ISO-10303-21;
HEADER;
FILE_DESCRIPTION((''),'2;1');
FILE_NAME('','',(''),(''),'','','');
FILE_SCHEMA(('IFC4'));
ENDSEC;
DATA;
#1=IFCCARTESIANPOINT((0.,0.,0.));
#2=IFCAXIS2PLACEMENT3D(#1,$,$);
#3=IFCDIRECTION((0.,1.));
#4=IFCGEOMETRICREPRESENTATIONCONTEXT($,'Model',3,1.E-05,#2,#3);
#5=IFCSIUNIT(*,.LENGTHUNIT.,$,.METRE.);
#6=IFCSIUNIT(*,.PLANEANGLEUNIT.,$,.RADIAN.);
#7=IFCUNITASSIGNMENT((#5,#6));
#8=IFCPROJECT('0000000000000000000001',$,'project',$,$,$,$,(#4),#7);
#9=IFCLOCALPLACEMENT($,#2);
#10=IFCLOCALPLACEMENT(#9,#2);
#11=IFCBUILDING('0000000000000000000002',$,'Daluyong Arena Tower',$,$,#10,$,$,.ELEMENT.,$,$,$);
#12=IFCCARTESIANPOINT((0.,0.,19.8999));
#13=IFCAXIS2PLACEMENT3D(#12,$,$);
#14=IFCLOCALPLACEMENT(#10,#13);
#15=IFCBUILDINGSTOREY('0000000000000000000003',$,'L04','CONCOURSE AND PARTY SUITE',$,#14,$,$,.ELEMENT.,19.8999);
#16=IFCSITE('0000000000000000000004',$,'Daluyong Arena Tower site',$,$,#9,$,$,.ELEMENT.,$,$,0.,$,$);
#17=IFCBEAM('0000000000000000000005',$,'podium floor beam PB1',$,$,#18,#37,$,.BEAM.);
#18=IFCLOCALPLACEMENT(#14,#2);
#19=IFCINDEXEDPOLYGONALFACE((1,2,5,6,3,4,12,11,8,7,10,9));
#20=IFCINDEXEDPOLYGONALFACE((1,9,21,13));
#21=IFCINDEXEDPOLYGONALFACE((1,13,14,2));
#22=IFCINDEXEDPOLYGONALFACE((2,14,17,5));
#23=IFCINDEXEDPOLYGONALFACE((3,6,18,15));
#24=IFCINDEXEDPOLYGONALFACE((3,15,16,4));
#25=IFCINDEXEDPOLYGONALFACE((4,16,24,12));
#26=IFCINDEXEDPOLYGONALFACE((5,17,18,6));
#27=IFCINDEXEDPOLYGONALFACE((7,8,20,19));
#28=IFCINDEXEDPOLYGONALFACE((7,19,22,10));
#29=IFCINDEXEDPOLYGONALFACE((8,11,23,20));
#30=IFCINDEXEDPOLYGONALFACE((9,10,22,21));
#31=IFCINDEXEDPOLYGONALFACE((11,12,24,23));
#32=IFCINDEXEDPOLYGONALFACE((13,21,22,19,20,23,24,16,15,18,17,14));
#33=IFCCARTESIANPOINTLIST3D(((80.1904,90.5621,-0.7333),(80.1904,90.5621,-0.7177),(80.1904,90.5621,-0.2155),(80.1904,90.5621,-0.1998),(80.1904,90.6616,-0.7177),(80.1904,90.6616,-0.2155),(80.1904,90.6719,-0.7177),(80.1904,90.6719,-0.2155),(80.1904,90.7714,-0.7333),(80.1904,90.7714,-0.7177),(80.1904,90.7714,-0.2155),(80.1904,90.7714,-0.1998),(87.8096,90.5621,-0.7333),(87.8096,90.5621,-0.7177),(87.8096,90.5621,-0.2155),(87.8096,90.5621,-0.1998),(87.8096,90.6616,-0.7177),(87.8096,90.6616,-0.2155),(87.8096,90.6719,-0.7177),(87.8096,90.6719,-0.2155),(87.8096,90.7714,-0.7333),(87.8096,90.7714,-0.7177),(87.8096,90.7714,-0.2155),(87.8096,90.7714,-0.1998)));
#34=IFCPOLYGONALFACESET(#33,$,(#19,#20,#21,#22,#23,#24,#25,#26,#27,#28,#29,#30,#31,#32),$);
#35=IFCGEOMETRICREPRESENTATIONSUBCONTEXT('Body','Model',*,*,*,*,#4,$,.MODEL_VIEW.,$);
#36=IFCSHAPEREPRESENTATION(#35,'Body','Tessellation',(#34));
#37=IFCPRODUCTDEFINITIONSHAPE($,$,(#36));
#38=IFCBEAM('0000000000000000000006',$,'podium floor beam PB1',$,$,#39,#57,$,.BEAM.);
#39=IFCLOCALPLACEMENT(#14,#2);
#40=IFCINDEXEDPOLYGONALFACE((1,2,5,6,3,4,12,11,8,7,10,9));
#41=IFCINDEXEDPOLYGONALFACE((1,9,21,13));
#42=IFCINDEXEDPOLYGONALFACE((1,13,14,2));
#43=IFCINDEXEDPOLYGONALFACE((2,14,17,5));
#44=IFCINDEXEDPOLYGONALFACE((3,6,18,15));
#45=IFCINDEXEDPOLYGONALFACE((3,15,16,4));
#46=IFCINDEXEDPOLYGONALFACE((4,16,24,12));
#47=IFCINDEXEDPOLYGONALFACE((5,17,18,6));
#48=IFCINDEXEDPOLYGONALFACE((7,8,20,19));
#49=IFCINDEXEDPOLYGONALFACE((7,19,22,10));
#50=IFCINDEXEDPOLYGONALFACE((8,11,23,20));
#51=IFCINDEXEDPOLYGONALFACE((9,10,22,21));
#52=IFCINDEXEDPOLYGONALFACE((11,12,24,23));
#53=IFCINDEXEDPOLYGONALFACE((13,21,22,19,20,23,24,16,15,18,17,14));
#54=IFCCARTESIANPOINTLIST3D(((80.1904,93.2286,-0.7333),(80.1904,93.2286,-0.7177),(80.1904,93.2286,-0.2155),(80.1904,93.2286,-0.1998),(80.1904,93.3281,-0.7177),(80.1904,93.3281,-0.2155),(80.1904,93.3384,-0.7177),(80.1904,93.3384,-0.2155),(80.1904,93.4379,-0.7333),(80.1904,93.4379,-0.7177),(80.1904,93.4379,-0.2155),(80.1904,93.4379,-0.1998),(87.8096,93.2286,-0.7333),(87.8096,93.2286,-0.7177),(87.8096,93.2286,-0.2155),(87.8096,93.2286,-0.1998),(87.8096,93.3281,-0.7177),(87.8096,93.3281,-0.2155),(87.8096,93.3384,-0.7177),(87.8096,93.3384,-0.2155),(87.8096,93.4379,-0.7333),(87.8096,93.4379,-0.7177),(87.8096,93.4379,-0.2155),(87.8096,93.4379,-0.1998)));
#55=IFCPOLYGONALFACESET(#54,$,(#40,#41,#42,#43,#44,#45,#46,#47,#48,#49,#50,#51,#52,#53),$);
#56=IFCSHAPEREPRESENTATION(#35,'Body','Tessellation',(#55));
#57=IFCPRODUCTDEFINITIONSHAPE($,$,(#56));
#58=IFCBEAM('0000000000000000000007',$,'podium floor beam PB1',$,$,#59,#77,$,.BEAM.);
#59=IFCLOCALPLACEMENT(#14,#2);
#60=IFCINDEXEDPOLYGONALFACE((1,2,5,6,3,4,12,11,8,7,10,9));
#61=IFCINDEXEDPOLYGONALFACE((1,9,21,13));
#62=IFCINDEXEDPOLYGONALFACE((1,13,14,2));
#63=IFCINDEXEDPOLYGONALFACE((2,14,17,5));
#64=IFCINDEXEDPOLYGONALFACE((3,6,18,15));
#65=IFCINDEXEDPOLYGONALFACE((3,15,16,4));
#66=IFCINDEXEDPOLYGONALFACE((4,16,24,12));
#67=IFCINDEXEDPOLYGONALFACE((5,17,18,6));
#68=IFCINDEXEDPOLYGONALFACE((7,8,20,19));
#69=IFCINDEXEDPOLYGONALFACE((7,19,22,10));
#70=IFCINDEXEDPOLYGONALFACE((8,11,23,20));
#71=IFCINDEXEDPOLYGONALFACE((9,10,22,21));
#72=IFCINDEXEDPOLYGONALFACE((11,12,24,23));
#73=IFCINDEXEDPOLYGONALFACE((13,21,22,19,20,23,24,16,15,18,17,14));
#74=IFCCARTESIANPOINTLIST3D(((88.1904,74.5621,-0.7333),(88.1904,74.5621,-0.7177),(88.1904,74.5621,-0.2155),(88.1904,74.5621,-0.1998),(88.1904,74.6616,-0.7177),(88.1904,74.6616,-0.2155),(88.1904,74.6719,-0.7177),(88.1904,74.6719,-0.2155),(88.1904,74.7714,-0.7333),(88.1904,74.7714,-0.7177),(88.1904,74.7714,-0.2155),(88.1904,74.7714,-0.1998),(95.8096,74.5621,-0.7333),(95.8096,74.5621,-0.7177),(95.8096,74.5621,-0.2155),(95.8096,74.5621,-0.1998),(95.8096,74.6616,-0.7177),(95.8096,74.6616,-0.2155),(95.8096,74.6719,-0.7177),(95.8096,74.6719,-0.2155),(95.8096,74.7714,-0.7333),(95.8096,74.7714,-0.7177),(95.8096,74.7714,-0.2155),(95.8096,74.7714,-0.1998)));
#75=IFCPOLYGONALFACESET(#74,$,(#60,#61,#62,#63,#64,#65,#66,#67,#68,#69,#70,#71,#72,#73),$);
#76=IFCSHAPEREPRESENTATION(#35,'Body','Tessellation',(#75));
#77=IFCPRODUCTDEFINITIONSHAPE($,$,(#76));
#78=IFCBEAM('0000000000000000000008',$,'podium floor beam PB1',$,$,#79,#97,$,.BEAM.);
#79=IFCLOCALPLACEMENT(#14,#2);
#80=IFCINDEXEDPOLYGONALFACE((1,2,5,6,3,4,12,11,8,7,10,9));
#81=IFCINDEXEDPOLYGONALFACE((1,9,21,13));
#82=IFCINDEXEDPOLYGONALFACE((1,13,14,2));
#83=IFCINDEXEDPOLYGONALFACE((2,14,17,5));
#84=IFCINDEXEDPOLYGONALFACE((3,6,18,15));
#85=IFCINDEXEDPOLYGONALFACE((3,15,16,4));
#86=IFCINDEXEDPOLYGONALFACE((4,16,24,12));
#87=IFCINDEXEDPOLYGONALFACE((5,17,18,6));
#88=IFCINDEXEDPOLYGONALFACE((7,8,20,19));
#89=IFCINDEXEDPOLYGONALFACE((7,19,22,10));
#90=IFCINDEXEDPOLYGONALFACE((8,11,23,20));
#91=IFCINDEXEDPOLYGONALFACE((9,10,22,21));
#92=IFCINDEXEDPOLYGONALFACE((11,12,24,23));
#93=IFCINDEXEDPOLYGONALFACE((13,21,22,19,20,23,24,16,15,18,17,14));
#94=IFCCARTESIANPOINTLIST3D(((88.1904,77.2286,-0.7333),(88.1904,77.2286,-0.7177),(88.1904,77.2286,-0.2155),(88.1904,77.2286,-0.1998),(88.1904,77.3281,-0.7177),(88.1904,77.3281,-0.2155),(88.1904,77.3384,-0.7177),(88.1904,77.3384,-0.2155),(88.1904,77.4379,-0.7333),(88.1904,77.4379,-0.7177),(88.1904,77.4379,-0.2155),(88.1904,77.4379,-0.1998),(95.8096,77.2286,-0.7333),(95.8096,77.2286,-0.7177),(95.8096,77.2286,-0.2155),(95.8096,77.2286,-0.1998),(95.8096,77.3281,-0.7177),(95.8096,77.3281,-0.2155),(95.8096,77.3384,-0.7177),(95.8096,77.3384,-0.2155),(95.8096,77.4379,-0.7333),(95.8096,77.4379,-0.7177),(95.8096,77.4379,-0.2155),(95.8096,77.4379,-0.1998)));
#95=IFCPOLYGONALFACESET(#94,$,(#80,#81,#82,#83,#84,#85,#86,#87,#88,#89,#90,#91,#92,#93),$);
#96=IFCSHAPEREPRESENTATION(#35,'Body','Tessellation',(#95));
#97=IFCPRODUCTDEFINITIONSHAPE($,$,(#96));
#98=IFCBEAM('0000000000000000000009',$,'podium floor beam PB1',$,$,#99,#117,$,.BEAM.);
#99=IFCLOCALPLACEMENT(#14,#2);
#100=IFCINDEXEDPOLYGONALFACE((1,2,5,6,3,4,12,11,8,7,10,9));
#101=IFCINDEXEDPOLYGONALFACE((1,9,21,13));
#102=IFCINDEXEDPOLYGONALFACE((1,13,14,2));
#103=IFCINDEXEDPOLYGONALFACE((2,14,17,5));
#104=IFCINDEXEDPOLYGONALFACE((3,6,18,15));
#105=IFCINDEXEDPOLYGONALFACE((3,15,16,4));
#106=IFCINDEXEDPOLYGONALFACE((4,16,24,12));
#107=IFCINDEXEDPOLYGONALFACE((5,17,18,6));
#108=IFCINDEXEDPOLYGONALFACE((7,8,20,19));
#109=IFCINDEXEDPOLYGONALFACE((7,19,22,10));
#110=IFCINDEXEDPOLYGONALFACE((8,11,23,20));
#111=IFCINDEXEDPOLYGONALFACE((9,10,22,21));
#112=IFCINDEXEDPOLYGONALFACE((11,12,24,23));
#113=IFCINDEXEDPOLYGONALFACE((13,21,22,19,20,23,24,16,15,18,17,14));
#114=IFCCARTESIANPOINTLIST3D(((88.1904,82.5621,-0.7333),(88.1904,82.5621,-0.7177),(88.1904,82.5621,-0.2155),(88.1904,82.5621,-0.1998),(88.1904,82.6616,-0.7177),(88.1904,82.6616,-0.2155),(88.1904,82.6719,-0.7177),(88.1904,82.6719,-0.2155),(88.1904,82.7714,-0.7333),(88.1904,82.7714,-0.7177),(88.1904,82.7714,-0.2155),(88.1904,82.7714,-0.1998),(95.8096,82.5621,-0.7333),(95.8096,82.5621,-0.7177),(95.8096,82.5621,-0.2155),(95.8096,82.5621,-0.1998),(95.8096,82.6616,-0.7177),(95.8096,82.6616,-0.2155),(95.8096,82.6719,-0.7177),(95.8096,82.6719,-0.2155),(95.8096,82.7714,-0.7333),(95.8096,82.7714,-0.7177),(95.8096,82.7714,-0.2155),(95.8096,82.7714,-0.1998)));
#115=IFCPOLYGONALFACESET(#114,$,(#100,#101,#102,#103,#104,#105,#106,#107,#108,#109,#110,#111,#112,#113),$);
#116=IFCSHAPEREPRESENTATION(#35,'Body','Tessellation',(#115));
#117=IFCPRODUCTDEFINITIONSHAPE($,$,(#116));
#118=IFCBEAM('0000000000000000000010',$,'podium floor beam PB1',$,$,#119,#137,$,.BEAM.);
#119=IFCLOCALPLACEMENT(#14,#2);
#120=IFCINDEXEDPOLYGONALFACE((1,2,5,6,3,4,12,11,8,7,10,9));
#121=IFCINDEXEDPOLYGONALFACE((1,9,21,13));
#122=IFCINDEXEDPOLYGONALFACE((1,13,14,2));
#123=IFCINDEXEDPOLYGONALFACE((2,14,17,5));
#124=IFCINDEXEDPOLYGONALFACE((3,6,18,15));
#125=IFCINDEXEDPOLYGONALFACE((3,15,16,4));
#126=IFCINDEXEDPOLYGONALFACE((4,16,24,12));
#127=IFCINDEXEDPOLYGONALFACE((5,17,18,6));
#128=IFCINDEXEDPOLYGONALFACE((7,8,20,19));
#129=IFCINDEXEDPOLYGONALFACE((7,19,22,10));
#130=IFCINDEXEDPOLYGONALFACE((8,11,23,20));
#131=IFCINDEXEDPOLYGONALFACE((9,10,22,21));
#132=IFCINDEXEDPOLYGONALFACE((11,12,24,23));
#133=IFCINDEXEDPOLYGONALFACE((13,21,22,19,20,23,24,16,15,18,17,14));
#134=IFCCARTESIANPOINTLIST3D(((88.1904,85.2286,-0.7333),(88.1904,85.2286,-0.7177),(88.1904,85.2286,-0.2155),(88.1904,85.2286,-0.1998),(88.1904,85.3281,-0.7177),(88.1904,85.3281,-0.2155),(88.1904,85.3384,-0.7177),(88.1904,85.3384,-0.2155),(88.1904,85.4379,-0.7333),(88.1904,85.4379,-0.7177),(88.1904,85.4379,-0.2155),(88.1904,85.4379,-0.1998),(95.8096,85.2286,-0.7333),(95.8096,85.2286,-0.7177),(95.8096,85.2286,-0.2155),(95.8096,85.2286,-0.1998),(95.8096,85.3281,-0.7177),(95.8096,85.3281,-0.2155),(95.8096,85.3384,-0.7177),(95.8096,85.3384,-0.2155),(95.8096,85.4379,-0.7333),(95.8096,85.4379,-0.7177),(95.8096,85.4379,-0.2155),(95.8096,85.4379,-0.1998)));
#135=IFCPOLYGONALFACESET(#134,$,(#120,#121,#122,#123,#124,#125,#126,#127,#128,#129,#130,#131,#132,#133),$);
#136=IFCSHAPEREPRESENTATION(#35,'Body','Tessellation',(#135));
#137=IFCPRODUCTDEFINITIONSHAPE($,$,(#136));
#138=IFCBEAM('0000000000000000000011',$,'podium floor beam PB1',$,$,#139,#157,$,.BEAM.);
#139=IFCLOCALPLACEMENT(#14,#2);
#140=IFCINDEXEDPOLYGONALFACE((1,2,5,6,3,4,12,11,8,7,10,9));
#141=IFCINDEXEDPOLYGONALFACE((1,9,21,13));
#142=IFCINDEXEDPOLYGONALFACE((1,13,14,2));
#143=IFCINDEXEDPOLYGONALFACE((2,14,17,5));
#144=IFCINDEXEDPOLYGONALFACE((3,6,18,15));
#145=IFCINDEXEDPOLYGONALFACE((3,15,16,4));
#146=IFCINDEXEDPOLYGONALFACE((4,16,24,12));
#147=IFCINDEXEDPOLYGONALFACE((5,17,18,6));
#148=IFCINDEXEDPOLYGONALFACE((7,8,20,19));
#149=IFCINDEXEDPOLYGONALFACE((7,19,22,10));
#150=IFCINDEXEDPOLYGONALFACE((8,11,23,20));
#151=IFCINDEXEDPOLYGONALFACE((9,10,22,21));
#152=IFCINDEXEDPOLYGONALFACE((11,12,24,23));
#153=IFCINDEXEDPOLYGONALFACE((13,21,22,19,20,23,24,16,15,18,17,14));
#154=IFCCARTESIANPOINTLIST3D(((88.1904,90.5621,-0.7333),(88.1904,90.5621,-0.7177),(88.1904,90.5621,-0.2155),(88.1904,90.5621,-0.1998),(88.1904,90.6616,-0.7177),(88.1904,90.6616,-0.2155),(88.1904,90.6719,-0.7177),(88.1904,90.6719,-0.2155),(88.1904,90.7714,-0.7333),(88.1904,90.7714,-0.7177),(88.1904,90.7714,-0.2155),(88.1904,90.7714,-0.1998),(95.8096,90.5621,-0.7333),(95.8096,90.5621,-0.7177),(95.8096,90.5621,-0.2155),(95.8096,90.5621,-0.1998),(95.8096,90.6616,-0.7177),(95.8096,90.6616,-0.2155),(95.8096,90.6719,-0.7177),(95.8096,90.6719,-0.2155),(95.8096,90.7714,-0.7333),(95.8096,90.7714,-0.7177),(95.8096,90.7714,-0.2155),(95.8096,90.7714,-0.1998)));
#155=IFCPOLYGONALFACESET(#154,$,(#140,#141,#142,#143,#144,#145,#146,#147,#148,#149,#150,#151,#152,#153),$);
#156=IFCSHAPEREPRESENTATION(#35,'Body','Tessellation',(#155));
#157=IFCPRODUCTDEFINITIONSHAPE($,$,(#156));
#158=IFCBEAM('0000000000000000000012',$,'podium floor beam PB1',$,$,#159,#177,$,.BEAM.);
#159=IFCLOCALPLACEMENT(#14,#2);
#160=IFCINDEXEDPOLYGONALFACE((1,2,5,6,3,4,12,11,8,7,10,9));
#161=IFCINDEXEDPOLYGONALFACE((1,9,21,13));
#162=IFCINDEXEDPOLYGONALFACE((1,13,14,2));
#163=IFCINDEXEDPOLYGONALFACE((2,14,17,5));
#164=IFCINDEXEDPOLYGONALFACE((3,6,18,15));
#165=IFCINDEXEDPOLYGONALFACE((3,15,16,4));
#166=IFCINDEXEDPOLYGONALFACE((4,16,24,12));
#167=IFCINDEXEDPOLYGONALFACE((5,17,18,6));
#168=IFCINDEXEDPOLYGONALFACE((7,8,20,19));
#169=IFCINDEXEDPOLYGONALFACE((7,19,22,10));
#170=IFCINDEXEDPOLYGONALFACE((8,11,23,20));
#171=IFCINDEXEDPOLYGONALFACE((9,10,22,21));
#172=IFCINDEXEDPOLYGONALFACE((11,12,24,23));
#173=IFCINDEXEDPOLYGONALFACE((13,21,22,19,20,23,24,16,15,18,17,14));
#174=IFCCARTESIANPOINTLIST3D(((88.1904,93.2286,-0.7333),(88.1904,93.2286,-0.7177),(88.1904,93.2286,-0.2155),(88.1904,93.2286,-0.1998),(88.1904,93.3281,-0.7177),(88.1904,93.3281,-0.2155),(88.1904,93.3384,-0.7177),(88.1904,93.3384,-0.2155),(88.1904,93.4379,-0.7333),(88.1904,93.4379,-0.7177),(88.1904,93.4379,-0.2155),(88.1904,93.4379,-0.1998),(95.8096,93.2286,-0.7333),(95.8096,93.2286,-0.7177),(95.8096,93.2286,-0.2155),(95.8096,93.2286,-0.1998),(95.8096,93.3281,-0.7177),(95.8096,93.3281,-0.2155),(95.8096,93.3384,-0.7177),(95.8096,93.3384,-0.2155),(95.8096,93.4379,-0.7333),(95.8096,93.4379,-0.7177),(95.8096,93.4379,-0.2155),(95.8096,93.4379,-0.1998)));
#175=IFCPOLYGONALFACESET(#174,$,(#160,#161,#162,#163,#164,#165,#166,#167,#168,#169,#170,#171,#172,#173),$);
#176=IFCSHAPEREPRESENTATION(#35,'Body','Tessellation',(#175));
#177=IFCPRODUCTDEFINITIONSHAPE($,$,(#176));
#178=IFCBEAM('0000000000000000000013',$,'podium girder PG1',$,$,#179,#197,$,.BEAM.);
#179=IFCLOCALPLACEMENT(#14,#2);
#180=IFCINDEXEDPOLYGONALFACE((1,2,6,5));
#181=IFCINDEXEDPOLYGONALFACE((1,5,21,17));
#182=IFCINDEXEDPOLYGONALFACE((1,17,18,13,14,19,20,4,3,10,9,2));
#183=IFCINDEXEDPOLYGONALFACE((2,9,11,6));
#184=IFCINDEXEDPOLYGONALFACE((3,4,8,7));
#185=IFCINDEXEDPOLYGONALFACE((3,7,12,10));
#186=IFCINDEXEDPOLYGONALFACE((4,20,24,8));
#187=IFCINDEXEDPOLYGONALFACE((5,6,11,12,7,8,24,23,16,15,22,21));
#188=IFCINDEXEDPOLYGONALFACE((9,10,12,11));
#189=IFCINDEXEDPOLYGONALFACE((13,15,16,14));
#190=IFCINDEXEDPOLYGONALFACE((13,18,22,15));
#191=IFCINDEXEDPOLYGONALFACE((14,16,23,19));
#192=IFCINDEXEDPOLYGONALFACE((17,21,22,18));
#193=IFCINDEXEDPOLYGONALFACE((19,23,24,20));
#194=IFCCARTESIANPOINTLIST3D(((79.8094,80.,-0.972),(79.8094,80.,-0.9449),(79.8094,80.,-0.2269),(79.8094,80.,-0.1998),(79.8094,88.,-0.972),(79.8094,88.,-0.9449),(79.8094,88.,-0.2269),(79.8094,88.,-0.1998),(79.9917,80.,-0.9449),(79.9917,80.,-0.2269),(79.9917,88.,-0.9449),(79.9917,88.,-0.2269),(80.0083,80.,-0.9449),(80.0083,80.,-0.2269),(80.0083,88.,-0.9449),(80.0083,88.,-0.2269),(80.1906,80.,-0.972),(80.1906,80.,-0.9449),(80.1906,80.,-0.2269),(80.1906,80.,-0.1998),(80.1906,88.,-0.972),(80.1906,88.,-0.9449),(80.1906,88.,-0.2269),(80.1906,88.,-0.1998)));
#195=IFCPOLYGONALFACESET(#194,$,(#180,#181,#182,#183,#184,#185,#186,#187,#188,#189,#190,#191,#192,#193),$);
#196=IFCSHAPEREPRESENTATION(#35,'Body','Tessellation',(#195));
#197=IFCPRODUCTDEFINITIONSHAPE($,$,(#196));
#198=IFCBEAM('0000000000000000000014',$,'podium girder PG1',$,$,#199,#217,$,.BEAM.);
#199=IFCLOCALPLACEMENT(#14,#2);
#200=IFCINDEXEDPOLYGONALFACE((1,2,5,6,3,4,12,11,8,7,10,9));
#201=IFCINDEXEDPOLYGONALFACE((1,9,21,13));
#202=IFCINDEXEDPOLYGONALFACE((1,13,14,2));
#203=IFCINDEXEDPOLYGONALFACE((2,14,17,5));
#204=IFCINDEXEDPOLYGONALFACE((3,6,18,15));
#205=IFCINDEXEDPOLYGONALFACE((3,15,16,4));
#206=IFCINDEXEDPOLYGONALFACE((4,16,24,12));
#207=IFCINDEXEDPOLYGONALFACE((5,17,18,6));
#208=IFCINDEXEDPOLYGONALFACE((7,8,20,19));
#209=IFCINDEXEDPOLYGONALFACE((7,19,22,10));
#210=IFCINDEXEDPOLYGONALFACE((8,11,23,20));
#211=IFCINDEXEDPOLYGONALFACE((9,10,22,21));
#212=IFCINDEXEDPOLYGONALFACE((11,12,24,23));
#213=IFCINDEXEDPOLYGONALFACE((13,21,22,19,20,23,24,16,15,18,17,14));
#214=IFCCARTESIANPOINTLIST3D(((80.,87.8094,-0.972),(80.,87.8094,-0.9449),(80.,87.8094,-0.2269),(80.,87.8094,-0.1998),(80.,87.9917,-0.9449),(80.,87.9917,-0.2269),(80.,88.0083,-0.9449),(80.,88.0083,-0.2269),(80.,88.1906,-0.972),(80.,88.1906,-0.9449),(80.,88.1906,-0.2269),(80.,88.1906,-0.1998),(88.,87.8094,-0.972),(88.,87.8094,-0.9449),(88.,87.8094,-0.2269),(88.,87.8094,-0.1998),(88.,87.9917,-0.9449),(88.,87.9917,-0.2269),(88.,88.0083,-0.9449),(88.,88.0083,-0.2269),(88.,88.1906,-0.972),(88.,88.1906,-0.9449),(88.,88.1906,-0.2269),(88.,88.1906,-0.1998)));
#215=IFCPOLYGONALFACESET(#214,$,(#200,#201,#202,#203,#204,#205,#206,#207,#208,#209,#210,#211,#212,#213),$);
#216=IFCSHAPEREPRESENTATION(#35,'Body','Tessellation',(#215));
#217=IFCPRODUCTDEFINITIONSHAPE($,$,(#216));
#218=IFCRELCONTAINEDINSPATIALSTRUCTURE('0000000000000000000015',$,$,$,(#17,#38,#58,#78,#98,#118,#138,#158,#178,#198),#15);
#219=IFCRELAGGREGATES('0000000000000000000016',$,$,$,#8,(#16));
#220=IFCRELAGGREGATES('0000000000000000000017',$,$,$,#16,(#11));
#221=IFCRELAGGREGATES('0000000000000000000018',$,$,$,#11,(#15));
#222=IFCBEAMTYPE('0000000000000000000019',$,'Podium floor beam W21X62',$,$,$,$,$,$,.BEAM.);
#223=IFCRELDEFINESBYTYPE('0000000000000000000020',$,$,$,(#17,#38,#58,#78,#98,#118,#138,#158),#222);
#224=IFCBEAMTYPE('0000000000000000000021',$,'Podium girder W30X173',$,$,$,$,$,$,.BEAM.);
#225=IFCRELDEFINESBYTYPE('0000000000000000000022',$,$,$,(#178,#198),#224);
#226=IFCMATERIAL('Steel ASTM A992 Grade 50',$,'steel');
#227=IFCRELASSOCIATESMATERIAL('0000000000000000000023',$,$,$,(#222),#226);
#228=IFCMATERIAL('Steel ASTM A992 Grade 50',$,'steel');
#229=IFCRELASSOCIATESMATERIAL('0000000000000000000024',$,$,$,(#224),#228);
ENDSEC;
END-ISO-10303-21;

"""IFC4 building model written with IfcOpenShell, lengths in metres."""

from ifc_helpers import new_model, si_unit, direction, frame, origin, origin_2d, place, context, subcontext, project, spatial, i_section, extrude, material, material_profile, profile_set, type_object, element, save


model = new_model("IFC4")

# Units and contexts
model_context = context("Model", 3, precision=1e-05, world=origin(), true_north=direction((0.0, 1.0)))
body_context = subcontext(model_context, "Body", "Model", "MODEL_VIEW")
ifc_project = project(units=[si_unit("LENGTHUNIT", "METRE"), si_unit("PLANEANGLEUNIT", "RADIAN")], contexts=[model_context])

# Site, building, storey
site_placement = place(None, origin())
site = spatial("IfcSite", under=ifc_project, at=site_placement, Name="Daluyong Arena Tower site", CompositionType="ELEMENT", RefElevation=0.0)
building_placement = place(site_placement, origin())
building = spatial("IfcBuilding", under=site, at=building_placement, Name="Daluyong Arena Tower", CompositionType="ELEMENT")
storey_placement = place(building_placement, frame((0.0, 0.0, 19.8999)))
storey = spatial("IfcBuildingStorey", under=building, at=storey_placement, Name="L04", Description="CONCOURSE AND PARTY SUITE", CompositionType="ELEMENT", Elevation=19.8999)

# Beams
ifc_material_1 = material(Name="Steel ASTM A992 Grade 50", Category="steel")
ifc_material_profile_1 = material_profile(ifc_material_1, i_section(OverallWidth=0.2092, OverallDepth=0.5334, WebThickness=0.0103, FlangeThickness=0.0156, at=origin_2d()))
ifc_profile_set_1 = profile_set([ifc_material_profile_1], Name="Steel ASTM A992 Grade 50")
beam_type_1 = type_object("IfcBeamType", Name="Podium floor beam W21X62", PredefinedType="BEAM", material=ifc_profile_set_1)
for number, where, z_axis, x_axis, name in (
    (1, (80.1904, 90.6667, -0.4666), (1.0, 0.0, 0.0), (0.0, 1.0, 0.0), "podium floor beam PB1"),
    (2, (80.1904, 93.3333, -0.4666), (1.0, 0.0, 0.0), (0.0, 1.0, 0.0), "podium floor beam PB1"),
    (3, (88.1904, 74.6667, -0.4666), (1.0, 0.0, 0.0), (0.0, 1.0, 0.0), "podium floor beam PB1"),
    (4, (88.1904, 77.3333, -0.4666), (1.0, 0.0, 0.0), (0.0, 1.0, 0.0), "podium floor beam PB1"),
    (5, (88.1904, 82.6667, -0.4666), (1.0, 0.0, 0.0), (0.0, 1.0, 0.0), "podium floor beam PB1"),
    (6, (88.1904, 85.3333, -0.4666), (1.0, 0.0, 0.0), (0.0, 1.0, 0.0), "podium floor beam PB1"),
    (7, (88.1904, 90.6667, -0.4666), (1.0, 0.0, 0.0), (0.0, 1.0, 0.0), "podium floor beam PB1"),
    (8, (88.1904, 93.3333, -0.4666), (1.0, 0.0, 0.0), (0.0, 1.0, 0.0), "podium floor beam PB1"),
):
    element("IfcBeam", number, at=place(storey_placement, frame(where, z_axis=z_axis, x_axis=x_axis)), inside=storey, type_object=beam_type_1, Name=name, PredefinedType="BEAM", context=body_context, shape_type="SweptSolid", body=[
        extrude(i_section(OverallWidth=0.2092, OverallDepth=0.5334, WebThickness=0.0103, FlangeThickness=0.0156, at=origin_2d()), origin(), (0.0, 0.0, 1.0), 7.6191),
    ])
ifc_material_2 = material(Name="Steel ASTM A992 Grade 50", Category="steel")
ifc_material_profile_2 = material_profile(ifc_material_2, i_section(OverallWidth=0.3811, OverallDepth=0.7722, WebThickness=0.0166, FlangeThickness=0.0271, at=origin_2d()))
ifc_profile_set_2 = profile_set([ifc_material_profile_2], Name="Steel ASTM A992 Grade 50")
beam_type_2 = type_object("IfcBeamType", Name="Podium girder W30X173", PredefinedType="BEAM", material=ifc_profile_set_2)
for number, where, z_axis, x_axis, name in (
    (9, (80.0, 80.0, -0.5859), (0.0, 1.0, 0.0), (-1.0, 0.0, 0.0), "podium girder PG1"),
    (10, (80.0, 88.0, -0.5859), (1.0, 0.0, 0.0), (0.0, 1.0, 0.0), "podium girder PG1"),
):
    element("IfcBeam", number, at=place(storey_placement, frame(where, z_axis=z_axis, x_axis=x_axis)), inside=storey, type_object=beam_type_2, Name=name, PredefinedType="BEAM", context=body_context, shape_type="SweptSolid", body=[
        extrude(i_section(OverallWidth=0.3811, OverallDepth=0.7722, WebThickness=0.0166, FlangeThickness=0.0271, at=origin_2d()), origin(), (0.0, 0.0, 1.0), 8.0),
    ])

save(model, "model.ifc")
